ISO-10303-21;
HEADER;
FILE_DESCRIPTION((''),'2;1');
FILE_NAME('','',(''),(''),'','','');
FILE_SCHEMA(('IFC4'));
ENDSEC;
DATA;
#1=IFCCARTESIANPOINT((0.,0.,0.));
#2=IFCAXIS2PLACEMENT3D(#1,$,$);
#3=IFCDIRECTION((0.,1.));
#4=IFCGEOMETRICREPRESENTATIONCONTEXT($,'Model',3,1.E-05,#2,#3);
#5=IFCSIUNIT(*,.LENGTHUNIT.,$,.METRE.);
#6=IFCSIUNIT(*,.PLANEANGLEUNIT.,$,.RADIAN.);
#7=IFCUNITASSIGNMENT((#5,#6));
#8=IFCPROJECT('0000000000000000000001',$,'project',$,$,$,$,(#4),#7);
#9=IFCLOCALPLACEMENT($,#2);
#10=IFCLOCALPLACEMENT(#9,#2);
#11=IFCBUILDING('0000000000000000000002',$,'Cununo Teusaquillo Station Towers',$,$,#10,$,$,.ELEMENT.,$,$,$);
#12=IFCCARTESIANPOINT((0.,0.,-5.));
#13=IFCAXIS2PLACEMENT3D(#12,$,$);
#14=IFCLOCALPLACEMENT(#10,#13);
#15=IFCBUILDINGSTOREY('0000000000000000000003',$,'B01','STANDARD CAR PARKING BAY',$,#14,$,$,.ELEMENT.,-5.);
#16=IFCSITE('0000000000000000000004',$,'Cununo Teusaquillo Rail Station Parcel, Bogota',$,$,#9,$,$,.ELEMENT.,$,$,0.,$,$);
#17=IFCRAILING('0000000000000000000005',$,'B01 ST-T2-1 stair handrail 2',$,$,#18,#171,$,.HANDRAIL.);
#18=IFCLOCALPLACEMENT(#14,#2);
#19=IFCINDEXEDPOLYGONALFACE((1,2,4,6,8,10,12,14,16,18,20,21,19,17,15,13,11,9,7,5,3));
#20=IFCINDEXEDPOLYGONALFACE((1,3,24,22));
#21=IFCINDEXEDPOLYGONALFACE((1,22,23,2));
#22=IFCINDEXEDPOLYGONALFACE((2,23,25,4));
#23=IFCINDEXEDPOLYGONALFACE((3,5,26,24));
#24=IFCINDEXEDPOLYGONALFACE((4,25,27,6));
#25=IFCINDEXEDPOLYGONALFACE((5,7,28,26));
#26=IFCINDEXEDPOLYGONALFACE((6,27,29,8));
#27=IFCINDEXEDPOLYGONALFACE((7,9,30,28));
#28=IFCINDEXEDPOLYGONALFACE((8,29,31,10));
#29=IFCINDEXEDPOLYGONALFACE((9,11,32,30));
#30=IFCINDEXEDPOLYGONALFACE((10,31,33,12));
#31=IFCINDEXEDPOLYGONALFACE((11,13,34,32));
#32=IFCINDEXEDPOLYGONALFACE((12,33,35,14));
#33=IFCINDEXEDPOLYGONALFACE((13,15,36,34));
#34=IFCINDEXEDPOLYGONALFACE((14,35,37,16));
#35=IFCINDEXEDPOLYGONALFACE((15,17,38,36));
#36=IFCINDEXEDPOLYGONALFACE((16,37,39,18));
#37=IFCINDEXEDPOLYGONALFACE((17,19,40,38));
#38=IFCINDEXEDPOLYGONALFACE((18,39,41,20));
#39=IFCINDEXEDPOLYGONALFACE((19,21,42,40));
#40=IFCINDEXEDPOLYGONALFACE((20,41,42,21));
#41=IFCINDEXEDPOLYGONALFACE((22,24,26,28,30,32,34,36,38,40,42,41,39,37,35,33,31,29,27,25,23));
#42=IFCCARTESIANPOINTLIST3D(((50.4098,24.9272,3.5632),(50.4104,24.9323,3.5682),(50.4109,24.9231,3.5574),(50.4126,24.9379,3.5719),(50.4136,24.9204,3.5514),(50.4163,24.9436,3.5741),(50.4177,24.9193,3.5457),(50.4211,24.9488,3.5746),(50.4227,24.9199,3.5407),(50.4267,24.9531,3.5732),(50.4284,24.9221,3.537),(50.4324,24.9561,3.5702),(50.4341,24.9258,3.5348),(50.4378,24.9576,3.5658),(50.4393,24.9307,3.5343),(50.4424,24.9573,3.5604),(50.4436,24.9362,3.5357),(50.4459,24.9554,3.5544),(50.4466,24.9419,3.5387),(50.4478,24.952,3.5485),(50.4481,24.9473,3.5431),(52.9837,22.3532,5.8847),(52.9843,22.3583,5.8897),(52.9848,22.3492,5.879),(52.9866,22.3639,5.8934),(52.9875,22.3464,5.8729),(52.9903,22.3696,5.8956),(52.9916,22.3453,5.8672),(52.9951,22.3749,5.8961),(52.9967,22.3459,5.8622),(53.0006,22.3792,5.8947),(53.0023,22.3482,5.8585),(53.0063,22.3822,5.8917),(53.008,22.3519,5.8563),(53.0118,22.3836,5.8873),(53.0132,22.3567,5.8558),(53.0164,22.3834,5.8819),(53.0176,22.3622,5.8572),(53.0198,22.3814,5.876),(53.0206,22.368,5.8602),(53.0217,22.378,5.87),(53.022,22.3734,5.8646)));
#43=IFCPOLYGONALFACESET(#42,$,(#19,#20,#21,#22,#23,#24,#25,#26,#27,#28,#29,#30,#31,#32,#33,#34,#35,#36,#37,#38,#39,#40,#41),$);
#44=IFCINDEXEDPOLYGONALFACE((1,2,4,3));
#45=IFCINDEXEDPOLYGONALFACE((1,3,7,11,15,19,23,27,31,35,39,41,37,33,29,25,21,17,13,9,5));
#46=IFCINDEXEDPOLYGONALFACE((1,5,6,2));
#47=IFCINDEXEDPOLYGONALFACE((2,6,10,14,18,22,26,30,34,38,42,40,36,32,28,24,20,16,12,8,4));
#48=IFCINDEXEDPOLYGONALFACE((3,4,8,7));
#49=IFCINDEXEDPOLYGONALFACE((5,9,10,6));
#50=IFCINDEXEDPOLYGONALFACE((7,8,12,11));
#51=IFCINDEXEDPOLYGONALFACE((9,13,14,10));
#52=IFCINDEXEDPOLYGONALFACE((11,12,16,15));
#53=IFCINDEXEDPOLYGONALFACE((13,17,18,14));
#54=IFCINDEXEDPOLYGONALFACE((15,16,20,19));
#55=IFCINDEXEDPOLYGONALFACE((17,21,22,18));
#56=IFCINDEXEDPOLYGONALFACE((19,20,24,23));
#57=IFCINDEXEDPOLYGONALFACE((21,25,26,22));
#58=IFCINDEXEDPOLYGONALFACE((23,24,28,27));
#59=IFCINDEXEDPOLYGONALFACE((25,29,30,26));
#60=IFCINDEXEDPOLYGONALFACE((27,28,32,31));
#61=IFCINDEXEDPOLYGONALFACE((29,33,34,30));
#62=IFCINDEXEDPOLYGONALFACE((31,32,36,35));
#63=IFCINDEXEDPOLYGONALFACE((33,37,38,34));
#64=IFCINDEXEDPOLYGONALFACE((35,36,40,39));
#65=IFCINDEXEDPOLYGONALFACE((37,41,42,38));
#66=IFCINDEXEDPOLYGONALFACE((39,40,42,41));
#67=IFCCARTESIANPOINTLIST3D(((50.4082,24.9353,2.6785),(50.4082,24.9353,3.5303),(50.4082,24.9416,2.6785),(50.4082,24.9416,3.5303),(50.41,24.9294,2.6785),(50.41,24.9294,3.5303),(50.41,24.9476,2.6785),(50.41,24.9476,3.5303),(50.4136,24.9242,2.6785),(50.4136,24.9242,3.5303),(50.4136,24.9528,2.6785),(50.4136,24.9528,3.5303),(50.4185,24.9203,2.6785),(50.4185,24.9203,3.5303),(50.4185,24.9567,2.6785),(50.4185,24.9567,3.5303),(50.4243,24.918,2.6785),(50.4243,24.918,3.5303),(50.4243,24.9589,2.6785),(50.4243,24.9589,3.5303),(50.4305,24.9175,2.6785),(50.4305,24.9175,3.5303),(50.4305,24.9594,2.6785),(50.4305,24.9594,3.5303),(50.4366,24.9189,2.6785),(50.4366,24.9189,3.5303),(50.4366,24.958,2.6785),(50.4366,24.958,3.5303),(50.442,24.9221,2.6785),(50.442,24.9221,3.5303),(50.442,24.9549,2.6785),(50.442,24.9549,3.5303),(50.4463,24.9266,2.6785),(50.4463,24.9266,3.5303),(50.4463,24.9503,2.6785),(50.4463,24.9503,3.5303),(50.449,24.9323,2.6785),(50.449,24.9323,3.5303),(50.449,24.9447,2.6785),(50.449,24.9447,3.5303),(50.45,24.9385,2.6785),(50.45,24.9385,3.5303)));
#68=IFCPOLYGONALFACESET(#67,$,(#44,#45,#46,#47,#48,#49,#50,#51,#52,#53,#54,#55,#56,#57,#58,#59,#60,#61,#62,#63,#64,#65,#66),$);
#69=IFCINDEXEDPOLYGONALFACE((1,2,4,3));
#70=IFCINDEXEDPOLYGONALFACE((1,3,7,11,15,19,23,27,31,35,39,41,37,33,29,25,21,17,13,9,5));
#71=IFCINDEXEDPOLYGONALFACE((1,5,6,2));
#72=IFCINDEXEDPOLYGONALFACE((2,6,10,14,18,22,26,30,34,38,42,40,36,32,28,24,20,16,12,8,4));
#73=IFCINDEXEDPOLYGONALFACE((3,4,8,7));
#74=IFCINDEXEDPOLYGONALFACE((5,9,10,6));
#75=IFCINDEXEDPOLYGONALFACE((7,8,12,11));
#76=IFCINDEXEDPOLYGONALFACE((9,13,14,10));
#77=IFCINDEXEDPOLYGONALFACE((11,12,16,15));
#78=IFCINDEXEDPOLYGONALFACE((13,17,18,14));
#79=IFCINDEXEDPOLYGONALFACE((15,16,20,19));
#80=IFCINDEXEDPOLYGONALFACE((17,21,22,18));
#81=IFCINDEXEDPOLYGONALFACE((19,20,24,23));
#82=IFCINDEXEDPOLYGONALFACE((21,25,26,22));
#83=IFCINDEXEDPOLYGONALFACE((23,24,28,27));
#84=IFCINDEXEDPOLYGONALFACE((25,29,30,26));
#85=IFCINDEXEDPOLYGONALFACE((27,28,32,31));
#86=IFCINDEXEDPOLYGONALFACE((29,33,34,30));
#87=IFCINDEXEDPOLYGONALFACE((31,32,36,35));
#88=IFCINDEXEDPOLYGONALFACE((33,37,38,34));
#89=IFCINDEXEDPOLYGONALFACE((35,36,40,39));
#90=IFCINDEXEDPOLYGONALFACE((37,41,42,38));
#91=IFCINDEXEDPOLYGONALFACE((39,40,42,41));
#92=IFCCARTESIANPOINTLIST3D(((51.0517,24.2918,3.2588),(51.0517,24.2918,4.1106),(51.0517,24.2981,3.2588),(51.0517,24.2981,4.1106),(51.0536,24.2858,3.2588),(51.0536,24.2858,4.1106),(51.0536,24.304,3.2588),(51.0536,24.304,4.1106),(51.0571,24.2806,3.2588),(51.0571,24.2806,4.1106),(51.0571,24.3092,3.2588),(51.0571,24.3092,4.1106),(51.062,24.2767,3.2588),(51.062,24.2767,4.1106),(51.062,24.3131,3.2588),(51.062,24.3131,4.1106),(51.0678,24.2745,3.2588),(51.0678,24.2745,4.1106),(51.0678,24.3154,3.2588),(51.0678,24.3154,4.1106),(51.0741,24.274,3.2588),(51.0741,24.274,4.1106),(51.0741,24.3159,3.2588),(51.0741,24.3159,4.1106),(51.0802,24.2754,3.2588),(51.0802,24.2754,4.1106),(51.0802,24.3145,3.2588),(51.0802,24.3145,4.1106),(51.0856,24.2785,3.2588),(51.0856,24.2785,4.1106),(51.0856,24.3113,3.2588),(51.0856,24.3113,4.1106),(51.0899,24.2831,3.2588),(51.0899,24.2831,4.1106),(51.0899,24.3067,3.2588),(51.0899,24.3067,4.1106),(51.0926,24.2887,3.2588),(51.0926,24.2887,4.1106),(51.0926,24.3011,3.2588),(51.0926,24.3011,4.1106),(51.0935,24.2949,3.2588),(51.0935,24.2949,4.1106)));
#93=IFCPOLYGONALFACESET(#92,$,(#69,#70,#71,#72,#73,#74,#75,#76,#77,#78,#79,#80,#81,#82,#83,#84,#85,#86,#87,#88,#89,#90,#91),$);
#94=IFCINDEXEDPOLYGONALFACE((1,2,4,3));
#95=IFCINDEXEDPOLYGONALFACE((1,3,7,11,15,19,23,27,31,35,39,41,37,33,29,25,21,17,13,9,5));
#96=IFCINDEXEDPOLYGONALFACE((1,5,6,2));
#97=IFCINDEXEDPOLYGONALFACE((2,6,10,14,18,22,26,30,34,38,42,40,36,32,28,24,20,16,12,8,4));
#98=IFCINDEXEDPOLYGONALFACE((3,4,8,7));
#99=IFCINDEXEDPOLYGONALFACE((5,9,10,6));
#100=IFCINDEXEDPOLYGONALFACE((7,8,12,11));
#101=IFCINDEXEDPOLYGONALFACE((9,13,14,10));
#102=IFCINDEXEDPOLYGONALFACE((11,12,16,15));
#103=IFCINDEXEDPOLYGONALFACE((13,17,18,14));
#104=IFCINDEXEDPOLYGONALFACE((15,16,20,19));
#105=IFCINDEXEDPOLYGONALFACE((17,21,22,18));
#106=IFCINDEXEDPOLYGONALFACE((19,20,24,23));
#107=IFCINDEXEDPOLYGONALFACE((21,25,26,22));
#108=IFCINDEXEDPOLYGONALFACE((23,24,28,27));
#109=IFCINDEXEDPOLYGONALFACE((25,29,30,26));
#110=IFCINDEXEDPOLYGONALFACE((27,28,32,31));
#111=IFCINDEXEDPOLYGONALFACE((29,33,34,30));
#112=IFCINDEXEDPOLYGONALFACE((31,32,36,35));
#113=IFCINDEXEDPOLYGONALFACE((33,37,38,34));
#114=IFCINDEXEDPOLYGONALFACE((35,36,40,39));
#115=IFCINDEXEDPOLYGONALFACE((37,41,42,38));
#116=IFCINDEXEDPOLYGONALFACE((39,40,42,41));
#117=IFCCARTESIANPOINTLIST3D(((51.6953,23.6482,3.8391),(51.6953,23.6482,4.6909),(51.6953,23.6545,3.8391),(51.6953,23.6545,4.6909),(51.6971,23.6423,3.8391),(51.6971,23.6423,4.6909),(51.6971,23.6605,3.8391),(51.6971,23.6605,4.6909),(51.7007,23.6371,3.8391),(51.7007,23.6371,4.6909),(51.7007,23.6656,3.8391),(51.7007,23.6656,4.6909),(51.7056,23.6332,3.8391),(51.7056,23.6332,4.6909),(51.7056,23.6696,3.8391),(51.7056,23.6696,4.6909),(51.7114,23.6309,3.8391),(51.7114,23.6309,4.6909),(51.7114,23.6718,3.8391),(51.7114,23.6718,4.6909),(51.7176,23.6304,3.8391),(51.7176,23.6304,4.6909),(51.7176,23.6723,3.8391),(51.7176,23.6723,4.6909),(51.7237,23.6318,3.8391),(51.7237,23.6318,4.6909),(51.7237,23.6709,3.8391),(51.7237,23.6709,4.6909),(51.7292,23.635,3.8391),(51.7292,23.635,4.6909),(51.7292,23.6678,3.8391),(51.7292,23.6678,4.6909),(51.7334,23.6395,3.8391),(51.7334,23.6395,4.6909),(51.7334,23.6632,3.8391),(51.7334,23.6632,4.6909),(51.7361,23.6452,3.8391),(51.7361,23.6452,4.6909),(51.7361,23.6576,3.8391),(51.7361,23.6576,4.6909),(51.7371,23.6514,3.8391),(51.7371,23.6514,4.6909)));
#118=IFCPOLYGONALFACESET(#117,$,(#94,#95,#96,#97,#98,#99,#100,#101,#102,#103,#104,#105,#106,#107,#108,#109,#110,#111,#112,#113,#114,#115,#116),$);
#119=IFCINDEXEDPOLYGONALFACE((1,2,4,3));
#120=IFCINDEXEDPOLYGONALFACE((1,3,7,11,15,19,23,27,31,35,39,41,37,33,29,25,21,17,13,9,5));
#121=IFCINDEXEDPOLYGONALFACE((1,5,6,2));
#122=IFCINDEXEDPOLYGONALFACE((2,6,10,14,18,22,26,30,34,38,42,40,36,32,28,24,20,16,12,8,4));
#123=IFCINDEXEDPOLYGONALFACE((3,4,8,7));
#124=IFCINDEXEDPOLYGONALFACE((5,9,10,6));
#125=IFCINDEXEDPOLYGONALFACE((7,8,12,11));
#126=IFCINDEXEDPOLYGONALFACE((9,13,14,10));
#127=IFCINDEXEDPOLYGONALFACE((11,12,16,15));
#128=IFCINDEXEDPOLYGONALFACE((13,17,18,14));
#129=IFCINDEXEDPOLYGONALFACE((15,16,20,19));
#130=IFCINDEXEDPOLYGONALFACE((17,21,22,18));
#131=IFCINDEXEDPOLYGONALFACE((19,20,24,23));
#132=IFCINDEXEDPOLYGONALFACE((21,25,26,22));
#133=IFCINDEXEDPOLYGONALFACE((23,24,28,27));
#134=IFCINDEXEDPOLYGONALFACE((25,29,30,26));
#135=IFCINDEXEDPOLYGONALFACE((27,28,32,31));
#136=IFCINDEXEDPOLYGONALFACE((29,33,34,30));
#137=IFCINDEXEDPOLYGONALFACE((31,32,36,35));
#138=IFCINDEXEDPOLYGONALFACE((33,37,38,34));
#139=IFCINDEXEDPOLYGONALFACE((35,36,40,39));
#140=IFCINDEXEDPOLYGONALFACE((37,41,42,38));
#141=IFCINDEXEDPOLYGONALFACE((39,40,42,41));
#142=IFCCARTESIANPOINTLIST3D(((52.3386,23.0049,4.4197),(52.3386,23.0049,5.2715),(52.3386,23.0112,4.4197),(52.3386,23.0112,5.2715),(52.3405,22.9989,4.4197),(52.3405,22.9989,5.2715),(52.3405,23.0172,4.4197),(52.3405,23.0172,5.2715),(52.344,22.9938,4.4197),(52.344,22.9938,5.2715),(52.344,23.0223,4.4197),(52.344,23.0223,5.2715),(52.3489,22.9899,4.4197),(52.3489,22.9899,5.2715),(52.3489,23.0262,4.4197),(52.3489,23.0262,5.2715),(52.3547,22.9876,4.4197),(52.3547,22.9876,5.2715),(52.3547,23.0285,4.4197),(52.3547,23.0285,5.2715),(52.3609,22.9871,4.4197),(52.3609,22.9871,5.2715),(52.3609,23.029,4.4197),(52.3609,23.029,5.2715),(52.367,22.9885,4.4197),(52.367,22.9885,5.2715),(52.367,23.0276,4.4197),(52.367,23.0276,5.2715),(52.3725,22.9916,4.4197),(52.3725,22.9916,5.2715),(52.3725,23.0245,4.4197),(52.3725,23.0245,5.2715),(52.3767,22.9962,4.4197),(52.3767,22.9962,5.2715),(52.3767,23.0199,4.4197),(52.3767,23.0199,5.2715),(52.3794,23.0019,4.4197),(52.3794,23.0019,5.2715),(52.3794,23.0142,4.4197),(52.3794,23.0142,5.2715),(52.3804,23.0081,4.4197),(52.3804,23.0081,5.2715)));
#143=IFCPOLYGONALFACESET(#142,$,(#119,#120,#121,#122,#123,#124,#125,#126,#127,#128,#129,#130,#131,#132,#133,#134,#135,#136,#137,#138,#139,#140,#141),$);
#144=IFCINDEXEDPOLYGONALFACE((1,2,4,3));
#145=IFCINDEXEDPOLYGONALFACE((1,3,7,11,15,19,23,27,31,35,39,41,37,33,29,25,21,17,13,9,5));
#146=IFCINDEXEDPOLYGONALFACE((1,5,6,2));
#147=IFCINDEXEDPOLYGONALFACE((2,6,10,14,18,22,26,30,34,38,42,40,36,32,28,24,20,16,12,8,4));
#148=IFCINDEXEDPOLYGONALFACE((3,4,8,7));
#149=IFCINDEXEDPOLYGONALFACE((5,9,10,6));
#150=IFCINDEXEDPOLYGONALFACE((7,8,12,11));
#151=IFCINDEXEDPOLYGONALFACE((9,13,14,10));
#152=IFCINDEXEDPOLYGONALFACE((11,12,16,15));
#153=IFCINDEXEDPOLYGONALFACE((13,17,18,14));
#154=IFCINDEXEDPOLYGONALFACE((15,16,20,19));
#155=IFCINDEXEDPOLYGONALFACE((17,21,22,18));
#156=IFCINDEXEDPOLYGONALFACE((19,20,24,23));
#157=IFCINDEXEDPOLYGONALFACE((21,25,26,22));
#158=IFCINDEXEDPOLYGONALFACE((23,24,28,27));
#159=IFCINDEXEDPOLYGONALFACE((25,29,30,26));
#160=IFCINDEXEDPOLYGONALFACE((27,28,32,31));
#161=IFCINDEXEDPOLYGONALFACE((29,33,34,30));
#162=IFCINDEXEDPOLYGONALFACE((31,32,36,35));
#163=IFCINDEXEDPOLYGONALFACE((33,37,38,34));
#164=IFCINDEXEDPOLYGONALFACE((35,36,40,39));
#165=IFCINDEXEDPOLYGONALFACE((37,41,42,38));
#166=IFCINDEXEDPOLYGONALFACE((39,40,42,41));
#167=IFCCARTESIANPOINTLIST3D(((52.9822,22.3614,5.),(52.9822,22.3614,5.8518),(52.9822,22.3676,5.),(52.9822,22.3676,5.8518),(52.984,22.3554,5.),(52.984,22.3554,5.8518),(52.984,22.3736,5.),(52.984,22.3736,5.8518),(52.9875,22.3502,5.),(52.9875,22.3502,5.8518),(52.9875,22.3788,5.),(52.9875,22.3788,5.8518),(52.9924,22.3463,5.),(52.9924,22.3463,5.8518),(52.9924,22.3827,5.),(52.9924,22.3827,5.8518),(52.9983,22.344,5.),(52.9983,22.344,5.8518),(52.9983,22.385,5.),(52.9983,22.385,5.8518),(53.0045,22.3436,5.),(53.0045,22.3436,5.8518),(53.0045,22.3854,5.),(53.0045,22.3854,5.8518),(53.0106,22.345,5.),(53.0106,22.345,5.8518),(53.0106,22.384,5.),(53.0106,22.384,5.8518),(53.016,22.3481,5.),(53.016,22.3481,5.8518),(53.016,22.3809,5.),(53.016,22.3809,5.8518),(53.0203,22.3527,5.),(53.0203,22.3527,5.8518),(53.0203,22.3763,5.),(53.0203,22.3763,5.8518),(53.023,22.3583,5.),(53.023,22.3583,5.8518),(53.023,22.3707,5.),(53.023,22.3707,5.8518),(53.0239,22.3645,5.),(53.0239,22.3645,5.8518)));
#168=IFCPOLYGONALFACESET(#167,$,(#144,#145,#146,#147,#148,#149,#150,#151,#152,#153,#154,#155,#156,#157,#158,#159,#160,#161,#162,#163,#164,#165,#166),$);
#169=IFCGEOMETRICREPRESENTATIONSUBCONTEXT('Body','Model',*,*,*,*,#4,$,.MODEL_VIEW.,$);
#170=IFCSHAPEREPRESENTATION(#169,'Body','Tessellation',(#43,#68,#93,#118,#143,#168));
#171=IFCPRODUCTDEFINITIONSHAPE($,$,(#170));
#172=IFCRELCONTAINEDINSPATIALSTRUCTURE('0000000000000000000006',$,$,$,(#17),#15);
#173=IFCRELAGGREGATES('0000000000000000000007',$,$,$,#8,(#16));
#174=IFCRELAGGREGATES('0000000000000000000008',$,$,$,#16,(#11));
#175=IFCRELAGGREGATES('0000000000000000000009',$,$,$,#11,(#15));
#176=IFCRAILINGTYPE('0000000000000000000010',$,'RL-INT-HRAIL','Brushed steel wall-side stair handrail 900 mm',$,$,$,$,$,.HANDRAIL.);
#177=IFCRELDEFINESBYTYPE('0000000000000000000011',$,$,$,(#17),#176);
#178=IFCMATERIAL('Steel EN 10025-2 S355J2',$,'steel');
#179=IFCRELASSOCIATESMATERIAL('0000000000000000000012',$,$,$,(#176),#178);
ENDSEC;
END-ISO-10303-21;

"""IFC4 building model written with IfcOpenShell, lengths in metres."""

from ifc_helpers import new_model, si_unit, direction, frame, origin, origin_2d, place, context, subcontext, project, spatial, circle, extrude, material, type_object, element, save


model = new_model("IFC4")

# Units and contexts
model_context = context("Model", 3, precision=1e-05, world=origin(), true_north=direction((0.0, 1.0)))
body_context = subcontext(model_context, "Body", "Model", "MODEL_VIEW")
ifc_project = project(units=[si_unit("LENGTHUNIT", "METRE"), si_unit("PLANEANGLEUNIT", "RADIAN")], contexts=[model_context])

# Site, building, storey
site_placement = place(None, origin())
site = spatial("IfcSite", under=ifc_project, at=site_placement, Name="Cununo Teusaquillo Rail Station Parcel, Bogota", CompositionType="ELEMENT", RefElevation=0.0)
building_placement = place(site_placement, origin())
building = spatial("IfcBuilding", under=site, at=building_placement, Name="Cununo Teusaquillo Station Towers", CompositionType="ELEMENT")
storey_placement = place(building_placement, frame((0.0, 0.0, -5.0)))
storey = spatial("IfcBuildingStorey", under=building, at=storey_placement, Name="B01", Description="STANDARD CAR PARKING BAY", CompositionType="ELEMENT", Elevation=-5.0)

# Railing
ifc_material_1 = material(Name="Steel EN 10025-2 S355J2", Category="steel")
railing_type_1 = type_object("IfcRailingType", Name="RL-INT-HRAIL", Description="Brushed steel wall-side stair handrail 900 mm", PredefinedType="HANDRAIL", material=ifc_material_1)
railing_1_placement = place(storey_placement, frame((50.429, 24.9385, 2.6785)))
element("IfcRailing", 1, at=railing_1_placement, inside=storey, type_object=railing_type_1, Name="B01 ST-T2-1 stair handrail 2", PredefinedType="HANDRAIL", context=body_context, shape_type="SweptSolid", body=[
    extrude(circle(Radius=0.0239, at=origin_2d()), frame((0.0, 0.0, 0.876), z_axis=(0.596182, -0.596182, 0.537712), x_axis=(0.707107, 0.707107, 0.0)), (0.0, 0.0, 1.0), 4.3174),
    extrude(circle(Radius=0.021, at=origin_2d()), origin(), (0.0, 0.0, 1.0), 0.8518),
    extrude(circle(Radius=0.021, at=origin_2d()), frame((0.6436, -0.6436, 0.5803)), (0.0, 0.0, 1.0), 0.8518),
    extrude(circle(Radius=0.021, at=origin_2d()), frame((1.2871, -1.2871, 1.1606)), (0.0, 0.0, 1.0), 0.8518),
    extrude(circle(Radius=0.021, at=origin_2d()), frame((1.9304, -1.9304, 1.7412)), (0.0, 0.0, 1.0), 0.8518),
    extrude(circle(Radius=0.021, at=origin_2d()), frame((2.574, -2.574, 2.3215)), (0.0, 0.0, 1.0), 0.8518),
])

save(model, "model.ifc")
